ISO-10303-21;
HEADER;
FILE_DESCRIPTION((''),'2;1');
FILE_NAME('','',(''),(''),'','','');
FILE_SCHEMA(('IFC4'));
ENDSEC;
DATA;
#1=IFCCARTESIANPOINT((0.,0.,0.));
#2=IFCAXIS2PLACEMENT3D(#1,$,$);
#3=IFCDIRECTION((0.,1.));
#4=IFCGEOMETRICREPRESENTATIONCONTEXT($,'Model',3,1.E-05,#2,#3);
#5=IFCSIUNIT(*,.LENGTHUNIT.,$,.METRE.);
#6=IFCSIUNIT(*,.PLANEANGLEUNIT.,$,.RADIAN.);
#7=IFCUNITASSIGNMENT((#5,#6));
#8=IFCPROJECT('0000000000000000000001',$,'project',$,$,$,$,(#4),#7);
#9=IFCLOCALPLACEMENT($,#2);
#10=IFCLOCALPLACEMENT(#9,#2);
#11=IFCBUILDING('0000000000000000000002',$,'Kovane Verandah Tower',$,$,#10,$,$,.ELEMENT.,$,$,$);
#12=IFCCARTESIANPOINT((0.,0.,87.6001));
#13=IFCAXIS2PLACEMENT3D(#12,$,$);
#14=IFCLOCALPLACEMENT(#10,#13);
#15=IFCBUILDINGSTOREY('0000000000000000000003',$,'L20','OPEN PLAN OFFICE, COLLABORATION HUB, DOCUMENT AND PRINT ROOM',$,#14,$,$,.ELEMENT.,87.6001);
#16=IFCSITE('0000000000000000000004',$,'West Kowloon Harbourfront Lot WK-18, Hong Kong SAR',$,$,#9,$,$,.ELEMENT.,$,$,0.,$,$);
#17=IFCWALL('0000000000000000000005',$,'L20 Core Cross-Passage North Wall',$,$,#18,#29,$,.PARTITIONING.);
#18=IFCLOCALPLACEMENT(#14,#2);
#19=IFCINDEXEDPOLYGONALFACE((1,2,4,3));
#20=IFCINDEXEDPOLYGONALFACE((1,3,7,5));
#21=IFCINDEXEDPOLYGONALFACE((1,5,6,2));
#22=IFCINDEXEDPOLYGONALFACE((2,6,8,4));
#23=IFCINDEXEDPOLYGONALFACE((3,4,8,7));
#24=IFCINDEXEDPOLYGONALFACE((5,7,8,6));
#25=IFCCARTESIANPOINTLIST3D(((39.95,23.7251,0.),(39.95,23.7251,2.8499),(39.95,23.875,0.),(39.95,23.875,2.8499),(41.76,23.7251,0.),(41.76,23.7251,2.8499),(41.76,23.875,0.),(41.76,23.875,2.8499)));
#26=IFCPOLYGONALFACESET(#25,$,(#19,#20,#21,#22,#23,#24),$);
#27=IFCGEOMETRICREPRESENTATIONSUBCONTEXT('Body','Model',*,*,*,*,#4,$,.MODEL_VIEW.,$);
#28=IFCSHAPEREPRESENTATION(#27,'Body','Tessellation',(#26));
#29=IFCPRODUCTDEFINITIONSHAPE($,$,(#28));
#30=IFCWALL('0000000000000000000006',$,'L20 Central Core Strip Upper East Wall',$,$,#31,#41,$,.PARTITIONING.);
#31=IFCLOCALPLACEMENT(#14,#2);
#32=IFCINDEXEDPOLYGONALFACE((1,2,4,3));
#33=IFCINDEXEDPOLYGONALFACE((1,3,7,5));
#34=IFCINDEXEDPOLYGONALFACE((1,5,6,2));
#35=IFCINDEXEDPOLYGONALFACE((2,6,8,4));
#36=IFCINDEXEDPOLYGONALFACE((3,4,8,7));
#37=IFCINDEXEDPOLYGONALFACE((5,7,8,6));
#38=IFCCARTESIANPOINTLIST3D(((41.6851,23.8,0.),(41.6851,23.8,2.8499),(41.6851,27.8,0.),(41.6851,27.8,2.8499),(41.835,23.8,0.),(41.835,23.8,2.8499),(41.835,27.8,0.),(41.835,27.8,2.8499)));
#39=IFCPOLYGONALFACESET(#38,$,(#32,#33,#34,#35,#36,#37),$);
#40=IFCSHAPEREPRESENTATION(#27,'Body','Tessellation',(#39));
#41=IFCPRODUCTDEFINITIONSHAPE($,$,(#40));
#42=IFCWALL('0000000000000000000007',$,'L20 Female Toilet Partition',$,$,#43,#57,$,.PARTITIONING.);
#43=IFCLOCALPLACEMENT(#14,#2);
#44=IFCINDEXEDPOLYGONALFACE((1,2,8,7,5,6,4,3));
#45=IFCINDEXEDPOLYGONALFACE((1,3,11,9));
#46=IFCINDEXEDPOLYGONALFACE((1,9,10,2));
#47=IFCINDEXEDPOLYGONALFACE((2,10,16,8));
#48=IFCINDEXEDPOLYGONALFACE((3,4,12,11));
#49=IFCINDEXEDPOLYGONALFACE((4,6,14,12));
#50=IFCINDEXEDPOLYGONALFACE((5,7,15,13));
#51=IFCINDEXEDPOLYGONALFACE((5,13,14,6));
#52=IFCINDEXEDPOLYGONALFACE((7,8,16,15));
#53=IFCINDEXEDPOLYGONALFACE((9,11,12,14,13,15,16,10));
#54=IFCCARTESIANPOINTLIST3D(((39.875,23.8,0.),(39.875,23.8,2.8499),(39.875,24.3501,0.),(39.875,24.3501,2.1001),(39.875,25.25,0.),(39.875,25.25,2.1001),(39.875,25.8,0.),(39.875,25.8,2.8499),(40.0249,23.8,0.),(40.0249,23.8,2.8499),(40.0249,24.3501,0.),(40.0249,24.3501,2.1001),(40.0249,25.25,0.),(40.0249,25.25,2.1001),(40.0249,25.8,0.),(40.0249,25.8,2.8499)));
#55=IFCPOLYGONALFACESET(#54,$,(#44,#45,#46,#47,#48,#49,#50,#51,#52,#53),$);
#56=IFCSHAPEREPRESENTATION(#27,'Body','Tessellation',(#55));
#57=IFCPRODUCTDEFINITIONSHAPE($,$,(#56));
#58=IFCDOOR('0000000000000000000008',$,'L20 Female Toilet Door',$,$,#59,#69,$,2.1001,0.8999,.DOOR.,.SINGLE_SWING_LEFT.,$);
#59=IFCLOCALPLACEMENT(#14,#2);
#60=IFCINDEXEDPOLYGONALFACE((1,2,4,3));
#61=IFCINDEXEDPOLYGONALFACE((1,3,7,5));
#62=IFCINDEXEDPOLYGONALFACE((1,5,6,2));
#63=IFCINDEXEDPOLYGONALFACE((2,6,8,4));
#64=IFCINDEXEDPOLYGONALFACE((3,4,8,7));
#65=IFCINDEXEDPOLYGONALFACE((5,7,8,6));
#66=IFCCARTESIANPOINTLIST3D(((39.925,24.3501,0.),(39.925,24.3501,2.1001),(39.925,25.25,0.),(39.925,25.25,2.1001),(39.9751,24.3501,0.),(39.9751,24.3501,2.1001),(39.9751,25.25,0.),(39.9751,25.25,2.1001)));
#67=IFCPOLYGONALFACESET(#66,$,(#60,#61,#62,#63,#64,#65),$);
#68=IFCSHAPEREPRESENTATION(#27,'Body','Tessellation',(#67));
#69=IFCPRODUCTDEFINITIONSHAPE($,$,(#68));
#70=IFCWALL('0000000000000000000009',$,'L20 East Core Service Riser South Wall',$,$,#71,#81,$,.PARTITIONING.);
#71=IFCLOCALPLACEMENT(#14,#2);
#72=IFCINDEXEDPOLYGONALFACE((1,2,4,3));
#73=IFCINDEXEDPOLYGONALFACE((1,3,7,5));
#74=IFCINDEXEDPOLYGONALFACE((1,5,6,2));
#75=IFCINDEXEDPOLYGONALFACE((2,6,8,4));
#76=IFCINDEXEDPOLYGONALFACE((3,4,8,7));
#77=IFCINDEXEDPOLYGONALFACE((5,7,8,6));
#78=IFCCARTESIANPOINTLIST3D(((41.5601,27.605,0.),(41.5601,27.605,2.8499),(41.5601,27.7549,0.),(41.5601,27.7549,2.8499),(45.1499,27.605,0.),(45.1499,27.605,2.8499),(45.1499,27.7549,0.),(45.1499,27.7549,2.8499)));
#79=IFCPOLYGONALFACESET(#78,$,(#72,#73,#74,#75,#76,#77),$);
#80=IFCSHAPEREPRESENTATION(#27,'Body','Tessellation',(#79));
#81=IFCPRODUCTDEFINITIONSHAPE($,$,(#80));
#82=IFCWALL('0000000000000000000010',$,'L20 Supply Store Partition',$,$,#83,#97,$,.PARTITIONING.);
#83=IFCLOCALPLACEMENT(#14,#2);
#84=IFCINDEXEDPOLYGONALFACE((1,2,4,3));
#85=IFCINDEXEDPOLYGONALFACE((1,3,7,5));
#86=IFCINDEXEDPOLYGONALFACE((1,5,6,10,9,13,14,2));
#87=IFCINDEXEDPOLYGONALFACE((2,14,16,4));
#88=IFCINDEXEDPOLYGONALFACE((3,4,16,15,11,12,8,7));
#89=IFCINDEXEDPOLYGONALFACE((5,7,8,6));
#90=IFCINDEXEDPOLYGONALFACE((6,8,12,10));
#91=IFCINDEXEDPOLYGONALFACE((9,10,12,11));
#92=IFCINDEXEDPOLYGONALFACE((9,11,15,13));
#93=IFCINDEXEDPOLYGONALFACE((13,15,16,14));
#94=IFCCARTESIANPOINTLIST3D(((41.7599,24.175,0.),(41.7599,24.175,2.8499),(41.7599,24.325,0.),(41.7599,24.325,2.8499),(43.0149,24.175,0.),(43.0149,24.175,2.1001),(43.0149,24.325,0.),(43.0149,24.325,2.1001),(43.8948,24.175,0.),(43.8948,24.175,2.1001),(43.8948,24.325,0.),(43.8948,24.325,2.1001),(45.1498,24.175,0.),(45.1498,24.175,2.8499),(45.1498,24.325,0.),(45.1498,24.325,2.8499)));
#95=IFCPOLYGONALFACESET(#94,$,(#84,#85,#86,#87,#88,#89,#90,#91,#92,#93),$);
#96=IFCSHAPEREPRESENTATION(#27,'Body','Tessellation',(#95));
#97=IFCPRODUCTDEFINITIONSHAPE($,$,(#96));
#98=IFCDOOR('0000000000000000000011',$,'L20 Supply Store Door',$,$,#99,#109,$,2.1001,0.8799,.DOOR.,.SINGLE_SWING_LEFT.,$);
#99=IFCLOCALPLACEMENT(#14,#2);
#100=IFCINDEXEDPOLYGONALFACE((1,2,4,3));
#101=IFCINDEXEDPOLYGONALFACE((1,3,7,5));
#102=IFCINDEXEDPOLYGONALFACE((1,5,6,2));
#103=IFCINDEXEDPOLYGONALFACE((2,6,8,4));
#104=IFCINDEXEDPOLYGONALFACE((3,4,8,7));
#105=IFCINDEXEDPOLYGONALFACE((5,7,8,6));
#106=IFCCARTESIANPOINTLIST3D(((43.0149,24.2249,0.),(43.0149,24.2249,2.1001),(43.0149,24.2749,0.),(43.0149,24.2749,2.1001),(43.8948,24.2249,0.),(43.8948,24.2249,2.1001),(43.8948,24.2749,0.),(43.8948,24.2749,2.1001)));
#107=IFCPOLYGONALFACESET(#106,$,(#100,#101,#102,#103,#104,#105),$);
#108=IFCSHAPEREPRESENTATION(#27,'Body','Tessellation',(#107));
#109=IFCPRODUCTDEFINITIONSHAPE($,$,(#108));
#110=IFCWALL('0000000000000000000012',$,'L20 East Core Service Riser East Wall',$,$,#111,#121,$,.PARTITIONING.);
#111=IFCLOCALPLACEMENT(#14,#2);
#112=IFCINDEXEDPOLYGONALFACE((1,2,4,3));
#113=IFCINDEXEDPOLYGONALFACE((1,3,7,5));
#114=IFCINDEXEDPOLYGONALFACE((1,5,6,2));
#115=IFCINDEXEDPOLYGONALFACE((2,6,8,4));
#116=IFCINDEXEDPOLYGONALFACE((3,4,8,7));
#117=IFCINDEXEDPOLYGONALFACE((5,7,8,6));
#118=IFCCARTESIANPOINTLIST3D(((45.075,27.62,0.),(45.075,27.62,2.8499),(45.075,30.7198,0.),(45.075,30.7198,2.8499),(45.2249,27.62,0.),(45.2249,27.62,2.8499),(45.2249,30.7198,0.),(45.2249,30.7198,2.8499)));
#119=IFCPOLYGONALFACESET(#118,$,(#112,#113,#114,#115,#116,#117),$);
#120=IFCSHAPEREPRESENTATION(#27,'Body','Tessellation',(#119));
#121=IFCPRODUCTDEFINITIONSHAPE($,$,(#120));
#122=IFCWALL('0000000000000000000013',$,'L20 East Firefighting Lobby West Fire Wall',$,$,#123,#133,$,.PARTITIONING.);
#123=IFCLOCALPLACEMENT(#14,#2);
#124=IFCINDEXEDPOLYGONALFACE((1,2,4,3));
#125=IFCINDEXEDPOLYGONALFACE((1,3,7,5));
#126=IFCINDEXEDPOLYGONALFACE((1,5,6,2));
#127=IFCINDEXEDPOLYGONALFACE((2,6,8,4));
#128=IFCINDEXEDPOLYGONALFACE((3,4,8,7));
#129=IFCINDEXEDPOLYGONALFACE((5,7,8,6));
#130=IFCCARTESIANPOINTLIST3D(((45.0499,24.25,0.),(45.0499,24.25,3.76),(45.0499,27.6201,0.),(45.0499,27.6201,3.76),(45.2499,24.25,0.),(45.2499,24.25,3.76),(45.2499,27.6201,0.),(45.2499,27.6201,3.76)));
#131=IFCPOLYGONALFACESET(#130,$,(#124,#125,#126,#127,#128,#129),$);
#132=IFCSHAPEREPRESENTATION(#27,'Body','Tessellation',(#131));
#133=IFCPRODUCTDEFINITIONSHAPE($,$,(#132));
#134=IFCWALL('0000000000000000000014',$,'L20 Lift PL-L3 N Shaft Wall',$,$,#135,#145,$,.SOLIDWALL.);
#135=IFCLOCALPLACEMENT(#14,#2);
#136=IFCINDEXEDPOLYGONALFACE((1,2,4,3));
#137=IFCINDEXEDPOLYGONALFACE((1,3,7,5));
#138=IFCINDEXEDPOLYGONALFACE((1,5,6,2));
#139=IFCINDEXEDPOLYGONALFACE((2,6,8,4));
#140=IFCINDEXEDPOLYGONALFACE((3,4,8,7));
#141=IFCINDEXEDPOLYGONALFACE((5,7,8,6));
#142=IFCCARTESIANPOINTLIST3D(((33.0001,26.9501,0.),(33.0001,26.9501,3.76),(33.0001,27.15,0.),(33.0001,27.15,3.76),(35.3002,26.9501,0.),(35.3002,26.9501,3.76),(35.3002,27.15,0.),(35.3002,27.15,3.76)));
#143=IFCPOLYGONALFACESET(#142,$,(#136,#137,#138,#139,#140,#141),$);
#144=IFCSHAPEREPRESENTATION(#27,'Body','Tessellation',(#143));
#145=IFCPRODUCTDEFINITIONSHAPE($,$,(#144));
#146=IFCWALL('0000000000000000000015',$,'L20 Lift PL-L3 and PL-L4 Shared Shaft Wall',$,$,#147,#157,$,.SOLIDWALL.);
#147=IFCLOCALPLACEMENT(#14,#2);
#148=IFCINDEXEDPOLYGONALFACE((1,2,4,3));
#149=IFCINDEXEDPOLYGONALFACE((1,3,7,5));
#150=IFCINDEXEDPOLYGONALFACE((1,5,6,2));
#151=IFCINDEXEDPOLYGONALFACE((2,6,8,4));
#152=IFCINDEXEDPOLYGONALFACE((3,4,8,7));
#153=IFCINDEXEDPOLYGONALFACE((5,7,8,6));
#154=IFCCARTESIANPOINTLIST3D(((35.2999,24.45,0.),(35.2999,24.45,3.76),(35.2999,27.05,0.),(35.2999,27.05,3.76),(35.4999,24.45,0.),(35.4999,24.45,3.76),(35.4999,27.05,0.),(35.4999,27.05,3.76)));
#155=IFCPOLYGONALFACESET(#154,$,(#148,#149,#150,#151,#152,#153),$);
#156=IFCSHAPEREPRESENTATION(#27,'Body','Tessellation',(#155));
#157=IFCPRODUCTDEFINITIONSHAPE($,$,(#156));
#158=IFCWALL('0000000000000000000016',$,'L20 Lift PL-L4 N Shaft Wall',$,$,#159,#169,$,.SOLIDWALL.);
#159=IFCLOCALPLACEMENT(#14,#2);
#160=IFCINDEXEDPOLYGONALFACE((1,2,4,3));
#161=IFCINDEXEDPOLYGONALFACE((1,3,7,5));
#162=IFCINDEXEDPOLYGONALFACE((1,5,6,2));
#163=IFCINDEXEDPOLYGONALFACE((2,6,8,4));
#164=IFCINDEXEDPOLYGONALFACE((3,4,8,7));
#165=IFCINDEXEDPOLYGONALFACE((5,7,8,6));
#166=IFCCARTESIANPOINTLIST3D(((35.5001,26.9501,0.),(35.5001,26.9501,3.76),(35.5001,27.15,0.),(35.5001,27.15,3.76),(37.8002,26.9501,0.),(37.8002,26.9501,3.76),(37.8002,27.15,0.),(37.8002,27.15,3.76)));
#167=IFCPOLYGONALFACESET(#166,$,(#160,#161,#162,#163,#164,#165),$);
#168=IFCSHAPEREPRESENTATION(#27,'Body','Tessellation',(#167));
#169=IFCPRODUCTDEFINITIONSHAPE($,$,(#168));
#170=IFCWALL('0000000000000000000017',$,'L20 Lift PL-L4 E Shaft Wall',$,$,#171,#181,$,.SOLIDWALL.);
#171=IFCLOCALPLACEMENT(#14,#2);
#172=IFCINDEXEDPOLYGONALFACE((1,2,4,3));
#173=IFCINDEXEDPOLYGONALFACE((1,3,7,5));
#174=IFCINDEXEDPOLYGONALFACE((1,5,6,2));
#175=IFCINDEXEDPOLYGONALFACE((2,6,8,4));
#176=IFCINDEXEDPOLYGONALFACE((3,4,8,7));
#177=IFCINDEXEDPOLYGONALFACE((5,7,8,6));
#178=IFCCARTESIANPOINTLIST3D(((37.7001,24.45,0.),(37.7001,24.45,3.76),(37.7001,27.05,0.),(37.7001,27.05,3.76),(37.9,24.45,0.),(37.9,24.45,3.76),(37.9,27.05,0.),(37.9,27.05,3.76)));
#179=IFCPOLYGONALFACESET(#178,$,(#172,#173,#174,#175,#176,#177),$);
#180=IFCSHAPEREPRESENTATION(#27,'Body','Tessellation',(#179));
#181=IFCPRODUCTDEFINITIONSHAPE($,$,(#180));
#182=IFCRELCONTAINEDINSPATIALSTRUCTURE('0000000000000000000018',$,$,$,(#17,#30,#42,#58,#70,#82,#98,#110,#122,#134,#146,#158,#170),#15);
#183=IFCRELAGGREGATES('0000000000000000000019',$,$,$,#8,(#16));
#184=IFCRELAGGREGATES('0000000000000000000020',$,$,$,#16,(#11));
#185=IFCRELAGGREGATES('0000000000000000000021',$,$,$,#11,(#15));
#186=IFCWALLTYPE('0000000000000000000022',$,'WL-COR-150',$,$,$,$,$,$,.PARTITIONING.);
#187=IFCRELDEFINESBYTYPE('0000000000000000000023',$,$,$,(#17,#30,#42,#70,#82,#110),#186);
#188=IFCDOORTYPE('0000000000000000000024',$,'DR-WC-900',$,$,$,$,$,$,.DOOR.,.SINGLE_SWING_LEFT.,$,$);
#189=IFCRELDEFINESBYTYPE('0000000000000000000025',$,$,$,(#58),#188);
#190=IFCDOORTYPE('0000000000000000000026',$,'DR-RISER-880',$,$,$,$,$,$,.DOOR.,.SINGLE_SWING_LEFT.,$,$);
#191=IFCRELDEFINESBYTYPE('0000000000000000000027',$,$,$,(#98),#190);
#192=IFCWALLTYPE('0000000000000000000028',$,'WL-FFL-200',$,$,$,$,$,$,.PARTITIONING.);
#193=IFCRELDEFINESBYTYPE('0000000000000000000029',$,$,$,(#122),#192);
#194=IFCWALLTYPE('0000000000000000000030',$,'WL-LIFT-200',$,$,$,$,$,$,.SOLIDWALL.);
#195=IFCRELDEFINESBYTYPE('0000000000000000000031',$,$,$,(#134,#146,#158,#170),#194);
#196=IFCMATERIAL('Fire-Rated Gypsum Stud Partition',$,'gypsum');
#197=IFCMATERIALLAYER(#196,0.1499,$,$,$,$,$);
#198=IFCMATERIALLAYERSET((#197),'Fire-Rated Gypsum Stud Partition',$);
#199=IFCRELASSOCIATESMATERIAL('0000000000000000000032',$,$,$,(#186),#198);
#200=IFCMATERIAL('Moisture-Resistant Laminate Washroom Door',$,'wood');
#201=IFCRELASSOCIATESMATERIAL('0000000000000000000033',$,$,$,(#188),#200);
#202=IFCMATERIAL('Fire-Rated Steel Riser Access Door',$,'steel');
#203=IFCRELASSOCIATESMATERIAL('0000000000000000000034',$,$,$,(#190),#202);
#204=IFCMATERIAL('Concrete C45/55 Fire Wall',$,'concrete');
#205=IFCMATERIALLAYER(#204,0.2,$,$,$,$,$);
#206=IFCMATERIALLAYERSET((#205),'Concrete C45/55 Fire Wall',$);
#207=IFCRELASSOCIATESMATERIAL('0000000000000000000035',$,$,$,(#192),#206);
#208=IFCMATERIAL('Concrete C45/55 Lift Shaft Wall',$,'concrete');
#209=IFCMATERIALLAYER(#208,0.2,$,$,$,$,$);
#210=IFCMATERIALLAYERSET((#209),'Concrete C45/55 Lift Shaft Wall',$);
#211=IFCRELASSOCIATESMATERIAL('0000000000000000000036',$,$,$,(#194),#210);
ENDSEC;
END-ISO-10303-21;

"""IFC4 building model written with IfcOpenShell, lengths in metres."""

from ifc_helpers import new_model, si_unit, direction, frame, frame_2d, origin, place, context, subcontext, project, spatial, rectangle, extrude, material, layer, layer_set, type_object, element, fill, save


model = new_model("IFC4")

# Units and contexts
model_context = context("Model", 3, precision=1e-05, world=origin(), true_north=direction((0.0, 1.0)))
body_context = subcontext(model_context, "Body", "Model", "MODEL_VIEW")
ifc_project = project(units=[si_unit("LENGTHUNIT", "METRE"), si_unit("PLANEANGLEUNIT", "RADIAN")], contexts=[model_context])

# Site, building, storey
site_placement = place(None, origin())
site = spatial("IfcSite", under=ifc_project, at=site_placement, Name="West Kowloon Harbourfront Lot WK-18, Hong Kong SAR", CompositionType="ELEMENT", RefElevation=0.0)
building_placement = place(site_placement, origin())
building = spatial("IfcBuilding", under=site, at=building_placement, Name="Kovane Verandah Tower", CompositionType="ELEMENT")
storey_placement = place(building_placement, frame((0.0, 0.0, 87.6001)))
storey = spatial("IfcBuildingStorey", under=building, at=storey_placement, Name="L20", Description="OPEN PLAN OFFICE, COLLABORATION HUB, DOCUMENT AND PRINT ROOM", CompositionType="ELEMENT", Elevation=87.6001)

# Walls
ifc_material_1 = material(Name="Fire-Rated Gypsum Stud Partition", Category="gypsum")
ifc_layer_1 = layer(ifc_material_1, 0.1499)
ifc_layer_set_1 = layer_set([ifc_layer_1], Name="Fire-Rated Gypsum Stud Partition")
wall_type_1 = type_object("IfcWallType", Name="WL-COR-150", PredefinedType="PARTITIONING", material=ifc_layer_set_1)
wall_1_placement = place(storey_placement, frame((39.95, 23.8, 0.0), z_axis=(0.0, 0.0, 1.0), x_axis=(1.0, 0.0, 0.0)))
element("IfcWall", 1, at=wall_1_placement, inside=storey, type_object=wall_type_1, Name="L20 Core Cross-Passage North Wall", PredefinedType="PARTITIONING", context=body_context, shape_type="SweptSolid", body=[
    extrude(rectangle(XDim=1.8101, YDim=0.1499, at=frame_2d((0.905, 0.0))), origin(), (0.0, 0.0, 1.0), 2.8499),
])
wall_2_placement = place(storey_placement, frame((41.76, 23.8, 0.0), z_axis=(0.0, 0.0, 1.0), x_axis=(0.0, 1.0, 0.0)))
element("IfcWall", 2, at=wall_2_placement, inside=storey, type_object=wall_type_1, Name="L20 Central Core Strip Upper East Wall", PredefinedType="PARTITIONING", context=body_context, shape_type="SweptSolid", body=[
    extrude(rectangle(XDim=4.0, YDim=0.1499, at=frame_2d((2.0, 0.0))), origin(), (0.0, 0.0, 1.0), 2.8499),
])

# Wall, opening, door
wall_3_placement = place(storey_placement, frame((39.95, 23.8, 0.0), z_axis=(0.0, 0.0, 1.0), x_axis=(0.0, 1.0, 0.0)))
wall_3 = element("IfcWall", 3, at=wall_3_placement, inside=storey, type_object=wall_type_1, Name="L20 Female Toilet Partition", PredefinedType="PARTITIONING", context=body_context, shape_type="SweptSolid", body=[
    extrude(rectangle(XDim=2.0, YDim=0.1499, at=frame_2d((1.0, 0.0))), origin(), (0.0, 0.0, 1.0), 2.8499),
])
opening_1_placement = place(wall_3_placement, frame((0.55, 0.0, 0.0)))
opening_1 = element("IfcOpeningElement", 4, at=opening_1_placement, cuts=wall_3, PredefinedType="OPENING", context=body_context, shape_type="SweptSolid", body=[
    extrude(rectangle(XDim=0.8999, YDim=2.1001, at=frame_2d((0.45, 1.05))), frame((0.0, 0.075, 0.0), z_axis=(0.0, -1.0, 0.0), x_axis=(1.0, 0.0, 0.0)), (0.0, 0.0, 1.0), 0.1499),
])
ifc_material_2 = material(Name="Moisture-Resistant Laminate Washroom Door", Category="wood")
door_type_1 = type_object("IfcDoorType", Name="DR-WC-900", OperationType="SINGLE_SWING_LEFT", PredefinedType="DOOR", material=ifc_material_2)
door_1_placement = place(opening_1_placement, origin())
door_1 = element("IfcDoor", 5, at=door_1_placement, inside=storey, type_object=door_type_1, Name="L20 Female Toilet Door", OperationType="SINGLE_SWING_LEFT", OverallHeight=2.1001, OverallWidth=0.8999, PredefinedType="DOOR", context=body_context, shape_type="SweptSolid", body=[
    extrude(rectangle(XDim=0.8999, YDim=2.1001, at=frame_2d((0.45, 1.05))), frame((0.0, 0.0249, 0.0), z_axis=(0.0, -1.0, 0.0), x_axis=(1.0, 0.0, 0.0)), (0.0, 0.0, 1.0), 0.05),
])
fill(opening_1, door_1)

# Wall
wall_4_placement = place(storey_placement, frame((41.5601, 27.6799, 0.0), z_axis=(0.0, 0.0, 1.0), x_axis=(1.0, 0.0, 0.0)))
element("IfcWall", 6, at=wall_4_placement, inside=storey, type_object=wall_type_1, Name="L20 East Core Service Riser South Wall", PredefinedType="PARTITIONING", context=body_context, shape_type="SweptSolid", body=[
    extrude(rectangle(XDim=3.5898, YDim=0.1499, at=frame_2d((1.7949, 0.0))), origin(), (0.0, 0.0, 1.0), 2.8499),
])

# Wall, opening, door
wall_5_placement = place(storey_placement, frame((41.76, 24.25, 0.0), z_axis=(0.0, 0.0, 1.0), x_axis=(1.0, 0.0, 0.0)))
wall_5 = element("IfcWall", 7, at=wall_5_placement, inside=storey, type_object=wall_type_1, Name="L20 Supply Store Partition", PredefinedType="PARTITIONING", context=body_context, shape_type="SweptSolid", body=[
    extrude(rectangle(XDim=3.3899, YDim=0.1499, at=frame_2d((1.6948, 0.0))), origin(), (0.0, 0.0, 1.0), 2.8499),
])
opening_2_placement = place(wall_5_placement, frame((1.2549, 0.0, 0.0)))
opening_2 = element("IfcOpeningElement", 8, at=opening_2_placement, cuts=wall_5, PredefinedType="OPENING", context=body_context, shape_type="SweptSolid", body=[
    extrude(rectangle(XDim=0.8799, YDim=2.1001, at=frame_2d((0.4399, 1.05))), frame((0.0, 0.075, 0.0), z_axis=(0.0, -1.0, 0.0), x_axis=(1.0, 0.0, 0.0)), (0.0, 0.0, 1.0), 0.1499),
])
ifc_material_3 = material(Name="Fire-Rated Steel Riser Access Door", Category="steel")
door_type_2 = type_object("IfcDoorType", Name="DR-RISER-880", OperationType="SINGLE_SWING_LEFT", PredefinedType="DOOR", material=ifc_material_3)
door_2_placement = place(opening_2_placement, origin())
door_2 = element("IfcDoor", 9, at=door_2_placement, inside=storey, type_object=door_type_2, Name="L20 Supply Store Door", OperationType="SINGLE_SWING_LEFT", OverallHeight=2.1001, OverallWidth=0.8799, PredefinedType="DOOR", context=body_context, shape_type="SweptSolid", body=[
    extrude(rectangle(XDim=0.8799, YDim=2.1001, at=frame_2d((0.4399, 1.05))), frame((0.0, 0.0249, 0.0), z_axis=(0.0, -1.0, 0.0), x_axis=(1.0, 0.0, 0.0)), (0.0, 0.0, 1.0), 0.05),
])
fill(opening_2, door_2)

# Wall
wall_6_placement = place(storey_placement, frame((45.1499, 27.6201, 0.0), z_axis=(0.0, 0.0, 1.0), x_axis=(0.0, 1.0, 0.0)))
element("IfcWall", 10, at=wall_6_placement, inside=storey, type_object=wall_type_1, Name="L20 East Core Service Riser East Wall", PredefinedType="PARTITIONING", context=body_context, shape_type="SweptSolid", body=[
    extrude(rectangle(XDim=3.0999, YDim=0.1499, at=frame_2d((1.5498, 0.0))), origin(), (0.0, 0.0, 1.0), 2.8499),
])

# Shared definitions
ifc_material_4 = material(Name="Concrete C45/55 Fire Wall", Category="concrete")
ifc_layer_2 = layer(ifc_material_4, 0.2)
ifc_layer_set_2 = layer_set([ifc_layer_2], Name="Concrete C45/55 Fire Wall")
wall_type_2 = type_object("IfcWallType", Name="WL-FFL-200", PredefinedType="PARTITIONING", material=ifc_layer_set_2)

# Wall
wall_7_placement = place(storey_placement, frame((45.1499, 24.25, 0.0), z_axis=(0.0, 0.0, 1.0), x_axis=(0.0, 1.0, 0.0)))
element("IfcWall", 11, at=wall_7_placement, inside=storey, type_object=wall_type_2, Name="L20 East Firefighting Lobby West Fire Wall", PredefinedType="PARTITIONING", context=body_context, shape_type="SweptSolid", body=[
    extrude(rectangle(XDim=3.3701, YDim=0.2, at=frame_2d((1.6851, 0.0))), origin(), (0.0, 0.0, 1.0), 3.76),
])

# Shared definitions
ifc_material_5 = material(Name="Concrete C45/55 Lift Shaft Wall", Category="concrete")
ifc_layer_3 = layer(ifc_material_5, 0.2)
ifc_layer_set_3 = layer_set([ifc_layer_3], Name="Concrete C45/55 Lift Shaft Wall")
wall_type_3 = type_object("IfcWallType", Name="WL-LIFT-200", PredefinedType="SOLIDWALL", material=ifc_layer_set_3)

# Walls
wall_8_placement = place(storey_placement, frame((35.3, 27.05, 0.0), z_axis=(0.0, 0.0, 1.0), x_axis=(-1.0, 0.0, 0.0)))
element("IfcWall", 12, at=wall_8_placement, inside=storey, type_object=wall_type_3, Name="L20 Lift PL-L3 N Shaft Wall", PredefinedType="SOLIDWALL", context=body_context, shape_type="SweptSolid", body=[
    extrude(rectangle(XDim=2.3, YDim=0.2, at=frame_2d((1.1499, 0.0))), origin(), (0.0, 0.0, 1.0), 3.76),
])
wall_9_placement = place(storey_placement, frame((35.3999, 24.45, 0.0), z_axis=(0.0, 0.0, 1.0), x_axis=(0.0, 1.0, 0.0)))
element("IfcWall", 13, at=wall_9_placement, inside=storey, type_object=wall_type_3, Name="L20 Lift PL-L3 and PL-L4 Shared Shaft Wall", PredefinedType="SOLIDWALL", context=body_context, shape_type="SweptSolid", body=[
    extrude(rectangle(XDim=2.6001, YDim=0.2, at=frame_2d((1.3, 0.0))), origin(), (0.0, 0.0, 1.0), 3.76),
])

# Walls
wall_10_placement = place(storey_placement, frame((37.8, 27.05, 0.0), z_axis=(0.0, 0.0, 1.0), x_axis=(-1.0, 0.0, 0.0)))
element("IfcWall", 14, at=wall_10_placement, inside=storey, type_object=wall_type_3, Name="L20 Lift PL-L4 N Shaft Wall", PredefinedType="SOLIDWALL", context=body_context, shape_type="SweptSolid", body=[
    extrude(rectangle(XDim=2.3, YDim=0.2, at=frame_2d((1.1499, 0.0))), origin(), (0.0, 0.0, 1.0), 3.76),
])
wall_11_placement = place(storey_placement, frame((37.8, 24.45, 0.0), z_axis=(0.0, 0.0, 1.0), x_axis=(0.0, 1.0, 0.0)))
element("IfcWall", 15, at=wall_11_placement, inside=storey, type_object=wall_type_3, Name="L20 Lift PL-L4 E Shaft Wall", PredefinedType="SOLIDWALL", context=body_context, shape_type="SweptSolid", body=[
    extrude(rectangle(XDim=2.6001, YDim=0.2, at=frame_2d((1.3, 0.0))), origin(), (0.0, 0.0, 1.0), 3.76),
])

save(model, "model.ifc")
